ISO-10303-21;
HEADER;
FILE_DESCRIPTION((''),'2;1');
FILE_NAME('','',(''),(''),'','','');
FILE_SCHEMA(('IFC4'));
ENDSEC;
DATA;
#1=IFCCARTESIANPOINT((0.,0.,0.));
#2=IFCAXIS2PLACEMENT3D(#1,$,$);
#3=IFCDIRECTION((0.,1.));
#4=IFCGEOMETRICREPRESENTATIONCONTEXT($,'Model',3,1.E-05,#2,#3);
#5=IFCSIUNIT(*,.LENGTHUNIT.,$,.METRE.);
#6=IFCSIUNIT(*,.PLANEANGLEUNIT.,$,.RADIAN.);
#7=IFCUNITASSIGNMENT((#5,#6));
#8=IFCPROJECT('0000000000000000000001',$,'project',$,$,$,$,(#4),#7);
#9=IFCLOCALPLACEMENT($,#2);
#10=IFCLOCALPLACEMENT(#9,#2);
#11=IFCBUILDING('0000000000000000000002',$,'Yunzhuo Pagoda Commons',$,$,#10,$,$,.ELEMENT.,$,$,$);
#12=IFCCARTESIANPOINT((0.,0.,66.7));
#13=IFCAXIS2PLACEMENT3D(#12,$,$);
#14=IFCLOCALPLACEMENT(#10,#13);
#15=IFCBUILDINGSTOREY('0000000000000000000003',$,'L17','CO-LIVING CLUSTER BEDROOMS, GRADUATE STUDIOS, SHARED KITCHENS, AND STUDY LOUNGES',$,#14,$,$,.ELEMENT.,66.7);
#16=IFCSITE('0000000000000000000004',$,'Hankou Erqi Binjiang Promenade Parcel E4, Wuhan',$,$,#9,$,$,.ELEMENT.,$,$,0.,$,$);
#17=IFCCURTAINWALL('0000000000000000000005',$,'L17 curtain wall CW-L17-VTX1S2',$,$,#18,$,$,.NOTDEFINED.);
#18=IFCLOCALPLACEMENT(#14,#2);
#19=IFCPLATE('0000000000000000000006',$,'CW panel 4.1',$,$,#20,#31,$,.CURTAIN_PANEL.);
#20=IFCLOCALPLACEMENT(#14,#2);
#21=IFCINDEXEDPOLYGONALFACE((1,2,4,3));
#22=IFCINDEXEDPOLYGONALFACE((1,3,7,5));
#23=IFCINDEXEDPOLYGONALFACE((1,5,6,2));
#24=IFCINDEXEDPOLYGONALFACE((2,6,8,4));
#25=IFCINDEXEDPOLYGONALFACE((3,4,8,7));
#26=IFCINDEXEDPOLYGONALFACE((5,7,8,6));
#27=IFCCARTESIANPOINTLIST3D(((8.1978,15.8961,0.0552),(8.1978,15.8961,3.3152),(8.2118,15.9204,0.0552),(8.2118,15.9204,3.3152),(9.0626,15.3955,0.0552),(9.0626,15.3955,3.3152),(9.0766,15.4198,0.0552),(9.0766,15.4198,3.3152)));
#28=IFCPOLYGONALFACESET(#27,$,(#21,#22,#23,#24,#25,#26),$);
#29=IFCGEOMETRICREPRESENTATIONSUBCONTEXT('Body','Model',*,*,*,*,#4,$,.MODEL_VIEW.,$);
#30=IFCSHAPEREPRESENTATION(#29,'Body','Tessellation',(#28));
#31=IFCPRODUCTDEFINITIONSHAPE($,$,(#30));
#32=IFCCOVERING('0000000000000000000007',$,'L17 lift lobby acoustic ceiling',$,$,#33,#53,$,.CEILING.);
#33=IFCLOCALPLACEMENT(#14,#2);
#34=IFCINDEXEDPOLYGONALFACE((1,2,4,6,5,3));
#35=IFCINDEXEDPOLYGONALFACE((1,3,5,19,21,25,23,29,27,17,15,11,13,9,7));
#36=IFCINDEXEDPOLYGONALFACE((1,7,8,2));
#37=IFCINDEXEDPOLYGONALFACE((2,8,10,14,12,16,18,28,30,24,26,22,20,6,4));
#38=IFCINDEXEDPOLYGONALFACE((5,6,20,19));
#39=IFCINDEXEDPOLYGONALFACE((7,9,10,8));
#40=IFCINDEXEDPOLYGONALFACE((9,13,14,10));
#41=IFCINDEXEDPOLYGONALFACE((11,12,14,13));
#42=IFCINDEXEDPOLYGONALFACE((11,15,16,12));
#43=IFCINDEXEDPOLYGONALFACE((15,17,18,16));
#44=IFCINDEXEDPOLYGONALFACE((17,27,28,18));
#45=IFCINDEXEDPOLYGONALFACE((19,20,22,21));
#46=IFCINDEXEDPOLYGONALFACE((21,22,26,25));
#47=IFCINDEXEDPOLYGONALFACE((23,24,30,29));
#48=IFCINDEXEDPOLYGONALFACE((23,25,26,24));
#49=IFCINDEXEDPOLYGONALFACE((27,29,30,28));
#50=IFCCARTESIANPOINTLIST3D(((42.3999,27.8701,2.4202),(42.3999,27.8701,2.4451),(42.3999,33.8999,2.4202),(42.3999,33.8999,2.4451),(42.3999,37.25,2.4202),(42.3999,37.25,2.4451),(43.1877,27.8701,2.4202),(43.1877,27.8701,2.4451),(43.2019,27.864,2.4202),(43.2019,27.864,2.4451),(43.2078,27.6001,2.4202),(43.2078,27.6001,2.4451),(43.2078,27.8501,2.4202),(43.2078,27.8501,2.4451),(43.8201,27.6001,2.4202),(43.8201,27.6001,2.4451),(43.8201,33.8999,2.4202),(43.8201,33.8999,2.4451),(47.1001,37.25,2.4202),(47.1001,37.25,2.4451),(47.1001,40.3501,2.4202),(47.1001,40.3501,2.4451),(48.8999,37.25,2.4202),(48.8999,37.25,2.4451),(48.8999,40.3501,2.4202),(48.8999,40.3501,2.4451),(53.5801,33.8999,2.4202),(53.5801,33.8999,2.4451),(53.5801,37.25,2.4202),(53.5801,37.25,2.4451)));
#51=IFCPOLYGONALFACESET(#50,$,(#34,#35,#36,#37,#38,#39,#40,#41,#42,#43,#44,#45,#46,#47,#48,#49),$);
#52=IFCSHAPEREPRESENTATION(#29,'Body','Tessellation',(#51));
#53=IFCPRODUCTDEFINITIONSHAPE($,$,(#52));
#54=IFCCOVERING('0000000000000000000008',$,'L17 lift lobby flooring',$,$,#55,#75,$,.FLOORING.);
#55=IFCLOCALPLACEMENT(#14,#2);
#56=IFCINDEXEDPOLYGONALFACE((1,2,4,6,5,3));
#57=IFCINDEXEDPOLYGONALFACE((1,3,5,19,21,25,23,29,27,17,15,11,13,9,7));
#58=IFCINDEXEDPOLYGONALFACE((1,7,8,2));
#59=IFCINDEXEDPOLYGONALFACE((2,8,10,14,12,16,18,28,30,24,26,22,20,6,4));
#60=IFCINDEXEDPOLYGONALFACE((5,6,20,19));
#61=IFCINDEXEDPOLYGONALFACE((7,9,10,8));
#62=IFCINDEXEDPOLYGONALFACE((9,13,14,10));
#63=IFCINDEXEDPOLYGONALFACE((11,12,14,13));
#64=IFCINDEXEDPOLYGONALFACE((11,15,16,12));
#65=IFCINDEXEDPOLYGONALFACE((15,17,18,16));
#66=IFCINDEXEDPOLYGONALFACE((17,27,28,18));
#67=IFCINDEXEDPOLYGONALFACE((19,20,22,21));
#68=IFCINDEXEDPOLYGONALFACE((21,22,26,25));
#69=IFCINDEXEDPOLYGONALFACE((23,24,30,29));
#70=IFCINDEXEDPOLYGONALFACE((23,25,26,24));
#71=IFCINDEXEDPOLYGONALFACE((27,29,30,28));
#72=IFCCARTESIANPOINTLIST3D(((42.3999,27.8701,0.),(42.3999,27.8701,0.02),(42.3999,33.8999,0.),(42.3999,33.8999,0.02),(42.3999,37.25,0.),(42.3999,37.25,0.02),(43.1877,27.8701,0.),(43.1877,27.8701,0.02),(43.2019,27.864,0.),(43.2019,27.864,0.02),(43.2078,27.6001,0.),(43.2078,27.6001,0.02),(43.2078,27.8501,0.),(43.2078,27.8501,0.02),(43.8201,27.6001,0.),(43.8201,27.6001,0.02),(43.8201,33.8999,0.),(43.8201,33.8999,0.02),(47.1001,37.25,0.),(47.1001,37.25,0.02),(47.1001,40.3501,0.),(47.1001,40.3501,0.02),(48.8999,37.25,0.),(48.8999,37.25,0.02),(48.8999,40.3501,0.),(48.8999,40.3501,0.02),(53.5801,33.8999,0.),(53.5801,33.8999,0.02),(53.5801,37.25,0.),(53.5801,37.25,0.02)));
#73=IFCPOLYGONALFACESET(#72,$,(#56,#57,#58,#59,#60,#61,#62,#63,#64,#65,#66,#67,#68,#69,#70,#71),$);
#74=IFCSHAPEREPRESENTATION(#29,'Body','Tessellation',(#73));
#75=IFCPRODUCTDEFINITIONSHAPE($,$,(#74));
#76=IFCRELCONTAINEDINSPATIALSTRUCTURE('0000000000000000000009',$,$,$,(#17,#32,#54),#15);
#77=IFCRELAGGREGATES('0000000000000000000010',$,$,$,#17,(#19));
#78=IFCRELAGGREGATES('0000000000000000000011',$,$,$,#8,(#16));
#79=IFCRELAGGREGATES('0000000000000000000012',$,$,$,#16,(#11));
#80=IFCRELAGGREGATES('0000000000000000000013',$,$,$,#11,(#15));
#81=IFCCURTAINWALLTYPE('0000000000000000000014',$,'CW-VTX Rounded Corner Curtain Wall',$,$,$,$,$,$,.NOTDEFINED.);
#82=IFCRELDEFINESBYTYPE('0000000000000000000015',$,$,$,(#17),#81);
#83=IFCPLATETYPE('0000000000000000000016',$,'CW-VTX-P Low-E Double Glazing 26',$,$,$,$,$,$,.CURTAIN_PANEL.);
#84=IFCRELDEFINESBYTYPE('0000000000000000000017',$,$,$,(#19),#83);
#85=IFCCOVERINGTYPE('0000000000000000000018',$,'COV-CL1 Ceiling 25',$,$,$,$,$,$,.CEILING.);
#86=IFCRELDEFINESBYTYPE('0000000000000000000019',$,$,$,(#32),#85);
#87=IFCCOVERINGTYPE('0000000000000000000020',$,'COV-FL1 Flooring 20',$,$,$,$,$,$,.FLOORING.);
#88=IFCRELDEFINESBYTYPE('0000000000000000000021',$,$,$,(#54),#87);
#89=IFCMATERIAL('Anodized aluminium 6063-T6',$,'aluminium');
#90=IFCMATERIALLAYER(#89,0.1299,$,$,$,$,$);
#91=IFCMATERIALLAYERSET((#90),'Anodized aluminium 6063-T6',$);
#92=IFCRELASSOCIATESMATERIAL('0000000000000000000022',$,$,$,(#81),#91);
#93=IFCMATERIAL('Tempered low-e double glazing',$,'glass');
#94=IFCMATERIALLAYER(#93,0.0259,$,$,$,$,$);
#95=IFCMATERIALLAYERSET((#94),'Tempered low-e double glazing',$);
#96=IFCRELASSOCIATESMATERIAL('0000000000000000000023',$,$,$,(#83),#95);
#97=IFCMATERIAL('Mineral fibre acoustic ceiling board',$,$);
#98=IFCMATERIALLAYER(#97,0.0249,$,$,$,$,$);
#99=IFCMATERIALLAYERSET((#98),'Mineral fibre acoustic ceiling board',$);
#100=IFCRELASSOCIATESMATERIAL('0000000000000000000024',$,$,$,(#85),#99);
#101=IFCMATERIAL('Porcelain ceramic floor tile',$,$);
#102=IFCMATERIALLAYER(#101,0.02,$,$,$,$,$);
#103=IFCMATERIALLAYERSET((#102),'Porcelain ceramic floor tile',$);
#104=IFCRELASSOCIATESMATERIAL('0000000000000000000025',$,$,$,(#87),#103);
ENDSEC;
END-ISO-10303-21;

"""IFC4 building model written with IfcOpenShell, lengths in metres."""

from ifc_helpers import new_model, si_unit, direction, frame, origin, origin_2d, place, context, subcontext, project, spatial, polyline, rectangle, outline, extrude, source, transform, mapped, material, layer, layer_set, type_object, element, aggregate, save


model = new_model("IFC4")

# Units and contexts
model_context = context("Model", 3, precision=1e-05, world=origin(), true_north=direction((0.0, 1.0)))
body_context = subcontext(model_context, "Body", "Model", "MODEL_VIEW")
ifc_project = project(units=[si_unit("LENGTHUNIT", "METRE"), si_unit("PLANEANGLEUNIT", "RADIAN")], contexts=[model_context])

# Site, building, storey
site_placement = place(None, origin())
site = spatial("IfcSite", under=ifc_project, at=site_placement, Name="Hankou Erqi Binjiang Promenade Parcel E4, Wuhan", CompositionType="ELEMENT", RefElevation=0.0)
building_placement = place(site_placement, origin())
building = spatial("IfcBuilding", under=site, at=building_placement, Name="Yunzhuo Pagoda Commons", CompositionType="ELEMENT")
storey_placement = place(building_placement, frame((0.0, 0.0, 66.7)))
storey = spatial("IfcBuildingStorey", under=building, at=storey_placement, Name="L17", Description="CO-LIVING CLUSTER BEDROOMS, GRADUATE STUDIOS, SHARED KITCHENS, AND STUDY LOUNGES", CompositionType="ELEMENT", Elevation=66.7)

# Curtain wall
ifc_material_1 = material(Name="Anodized aluminium 6063-T6", Category="aluminium")
ifc_layer_1 = layer(ifc_material_1, 0.1299)
ifc_layer_set_1 = layer_set([ifc_layer_1], Name="Anodized aluminium 6063-T6")
curtain_wall_type = type_object("IfcCurtainWallType", Name="CW-VTX Rounded Corner Curtain Wall", PredefinedType="NOTDEFINED", material=ifc_layer_set_1)
curtain_wall_1_placement = place(storey_placement, origin())
curtain_wall_1 = element("IfcCurtainWall", 1, at=curtain_wall_1_placement, inside=storey, type_object=curtain_wall_type, Name="L17 curtain wall CW-L17-VTX1S2", PredefinedType="NOTDEFINED")

# Shared definitions
ifc_material_2 = material(Name="Tempered low-e double glazing", Category="glass")
ifc_layer_2 = layer(ifc_material_2, 0.0259)
ifc_layer_set_2 = layer_set([ifc_layer_2], Name="Tempered low-e double glazing")
plate_type = type_object("IfcPlateType", Name="CW-VTX-P Low-E Double Glazing 26", PredefinedType="CURTAIN_PANEL", material=ifc_layer_set_2)

# Plate
shared_shape_1 = source(origin(), body_context, "Body", "SweptSolid", [
    extrude(rectangle(XDim=0.9993, YDim=0.0281, at=origin_2d()), origin(), (0.0, 0.0, 1.0), 3.26),
])
plate_1_placement = place(storey_placement, frame((8.6372, 15.658, 0.0552), z_axis=(0.0, 0.0, 1.0), x_axis=(0.865425, -0.501039, 0.0)))
plate_1 = element("IfcPlate", 2, at=plate_1_placement, type_object=plate_type, Name="CW panel 4.1", PredefinedType="CURTAIN_PANEL", context=body_context, shape_type="MappedRepresentation", body=[
    mapped(shared_shape_1, transform((0.0, 0.0, 0.0), scale=1.0)),
])
aggregate(curtain_wall_1, [plate_1])

# Coverings
ifc_material_3 = material(Name="Mineral fibre acoustic ceiling board")
ifc_layer_3 = layer(ifc_material_3, 0.0249)
ifc_layer_set_3 = layer_set([ifc_layer_3], Name="Mineral fibre acoustic ceiling board")
covering_type_1 = type_object("IfcCoveringType", Name="COV-CL1 Ceiling 25", PredefinedType="CEILING", material=ifc_layer_set_3)
covering_1_placement = place(storey_placement, frame((0.0, 0.0, 2.4202)))
element("IfcCovering", 3, at=covering_1_placement, inside=storey, type_object=covering_type_1, Name="L17 lift lobby acoustic ceiling", PredefinedType="CEILING", context=body_context, shape_type="SweptSolid", body=[
    extrude(outline(polyline([(43.2078, 27.8501), (43.2019, 27.864), (43.1877, 27.8701), (42.3999, 27.8701), (42.3999, 33.8999), (42.3999, 37.25), (47.1001, 37.25), (47.1001, 40.3501), (48.8999, 40.3501), (48.8999, 37.25), (53.5801, 37.25), (53.5801, 33.8999), (43.8201, 33.8999), (43.8201, 27.6001), (43.2078, 27.6001), (43.2078, 27.8501)])), origin(), (0.0, 0.0, 1.0), 0.0249),
])
ifc_material_4 = material(Name="Porcelain ceramic floor tile")
ifc_layer_4 = layer(ifc_material_4, 0.02)
ifc_layer_set_4 = layer_set([ifc_layer_4], Name="Porcelain ceramic floor tile")
covering_type_2 = type_object("IfcCoveringType", Name="COV-FL1 Flooring 20", PredefinedType="FLOORING", material=ifc_layer_set_4)
covering_2_placement = place(storey_placement, origin())
element("IfcCovering", 4, at=covering_2_placement, inside=storey, type_object=covering_type_2, Name="L17 lift lobby flooring", PredefinedType="FLOORING", context=body_context, shape_type="SweptSolid", body=[
    extrude(outline(polyline([(43.2078, 27.8501), (43.2019, 27.864), (43.1877, 27.8701), (42.3999, 27.8701), (42.3999, 33.8999), (42.3999, 37.25), (47.1001, 37.25), (47.1001, 40.3501), (48.8999, 40.3501), (48.8999, 37.25), (53.5801, 37.25), (53.5801, 33.8999), (43.8201, 33.8999), (43.8201, 27.6001), (43.2078, 27.6001), (43.2078, 27.8501)])), origin(), (0.0, 0.0, 1.0), 0.02),
])

save(model, "model.ifc")
